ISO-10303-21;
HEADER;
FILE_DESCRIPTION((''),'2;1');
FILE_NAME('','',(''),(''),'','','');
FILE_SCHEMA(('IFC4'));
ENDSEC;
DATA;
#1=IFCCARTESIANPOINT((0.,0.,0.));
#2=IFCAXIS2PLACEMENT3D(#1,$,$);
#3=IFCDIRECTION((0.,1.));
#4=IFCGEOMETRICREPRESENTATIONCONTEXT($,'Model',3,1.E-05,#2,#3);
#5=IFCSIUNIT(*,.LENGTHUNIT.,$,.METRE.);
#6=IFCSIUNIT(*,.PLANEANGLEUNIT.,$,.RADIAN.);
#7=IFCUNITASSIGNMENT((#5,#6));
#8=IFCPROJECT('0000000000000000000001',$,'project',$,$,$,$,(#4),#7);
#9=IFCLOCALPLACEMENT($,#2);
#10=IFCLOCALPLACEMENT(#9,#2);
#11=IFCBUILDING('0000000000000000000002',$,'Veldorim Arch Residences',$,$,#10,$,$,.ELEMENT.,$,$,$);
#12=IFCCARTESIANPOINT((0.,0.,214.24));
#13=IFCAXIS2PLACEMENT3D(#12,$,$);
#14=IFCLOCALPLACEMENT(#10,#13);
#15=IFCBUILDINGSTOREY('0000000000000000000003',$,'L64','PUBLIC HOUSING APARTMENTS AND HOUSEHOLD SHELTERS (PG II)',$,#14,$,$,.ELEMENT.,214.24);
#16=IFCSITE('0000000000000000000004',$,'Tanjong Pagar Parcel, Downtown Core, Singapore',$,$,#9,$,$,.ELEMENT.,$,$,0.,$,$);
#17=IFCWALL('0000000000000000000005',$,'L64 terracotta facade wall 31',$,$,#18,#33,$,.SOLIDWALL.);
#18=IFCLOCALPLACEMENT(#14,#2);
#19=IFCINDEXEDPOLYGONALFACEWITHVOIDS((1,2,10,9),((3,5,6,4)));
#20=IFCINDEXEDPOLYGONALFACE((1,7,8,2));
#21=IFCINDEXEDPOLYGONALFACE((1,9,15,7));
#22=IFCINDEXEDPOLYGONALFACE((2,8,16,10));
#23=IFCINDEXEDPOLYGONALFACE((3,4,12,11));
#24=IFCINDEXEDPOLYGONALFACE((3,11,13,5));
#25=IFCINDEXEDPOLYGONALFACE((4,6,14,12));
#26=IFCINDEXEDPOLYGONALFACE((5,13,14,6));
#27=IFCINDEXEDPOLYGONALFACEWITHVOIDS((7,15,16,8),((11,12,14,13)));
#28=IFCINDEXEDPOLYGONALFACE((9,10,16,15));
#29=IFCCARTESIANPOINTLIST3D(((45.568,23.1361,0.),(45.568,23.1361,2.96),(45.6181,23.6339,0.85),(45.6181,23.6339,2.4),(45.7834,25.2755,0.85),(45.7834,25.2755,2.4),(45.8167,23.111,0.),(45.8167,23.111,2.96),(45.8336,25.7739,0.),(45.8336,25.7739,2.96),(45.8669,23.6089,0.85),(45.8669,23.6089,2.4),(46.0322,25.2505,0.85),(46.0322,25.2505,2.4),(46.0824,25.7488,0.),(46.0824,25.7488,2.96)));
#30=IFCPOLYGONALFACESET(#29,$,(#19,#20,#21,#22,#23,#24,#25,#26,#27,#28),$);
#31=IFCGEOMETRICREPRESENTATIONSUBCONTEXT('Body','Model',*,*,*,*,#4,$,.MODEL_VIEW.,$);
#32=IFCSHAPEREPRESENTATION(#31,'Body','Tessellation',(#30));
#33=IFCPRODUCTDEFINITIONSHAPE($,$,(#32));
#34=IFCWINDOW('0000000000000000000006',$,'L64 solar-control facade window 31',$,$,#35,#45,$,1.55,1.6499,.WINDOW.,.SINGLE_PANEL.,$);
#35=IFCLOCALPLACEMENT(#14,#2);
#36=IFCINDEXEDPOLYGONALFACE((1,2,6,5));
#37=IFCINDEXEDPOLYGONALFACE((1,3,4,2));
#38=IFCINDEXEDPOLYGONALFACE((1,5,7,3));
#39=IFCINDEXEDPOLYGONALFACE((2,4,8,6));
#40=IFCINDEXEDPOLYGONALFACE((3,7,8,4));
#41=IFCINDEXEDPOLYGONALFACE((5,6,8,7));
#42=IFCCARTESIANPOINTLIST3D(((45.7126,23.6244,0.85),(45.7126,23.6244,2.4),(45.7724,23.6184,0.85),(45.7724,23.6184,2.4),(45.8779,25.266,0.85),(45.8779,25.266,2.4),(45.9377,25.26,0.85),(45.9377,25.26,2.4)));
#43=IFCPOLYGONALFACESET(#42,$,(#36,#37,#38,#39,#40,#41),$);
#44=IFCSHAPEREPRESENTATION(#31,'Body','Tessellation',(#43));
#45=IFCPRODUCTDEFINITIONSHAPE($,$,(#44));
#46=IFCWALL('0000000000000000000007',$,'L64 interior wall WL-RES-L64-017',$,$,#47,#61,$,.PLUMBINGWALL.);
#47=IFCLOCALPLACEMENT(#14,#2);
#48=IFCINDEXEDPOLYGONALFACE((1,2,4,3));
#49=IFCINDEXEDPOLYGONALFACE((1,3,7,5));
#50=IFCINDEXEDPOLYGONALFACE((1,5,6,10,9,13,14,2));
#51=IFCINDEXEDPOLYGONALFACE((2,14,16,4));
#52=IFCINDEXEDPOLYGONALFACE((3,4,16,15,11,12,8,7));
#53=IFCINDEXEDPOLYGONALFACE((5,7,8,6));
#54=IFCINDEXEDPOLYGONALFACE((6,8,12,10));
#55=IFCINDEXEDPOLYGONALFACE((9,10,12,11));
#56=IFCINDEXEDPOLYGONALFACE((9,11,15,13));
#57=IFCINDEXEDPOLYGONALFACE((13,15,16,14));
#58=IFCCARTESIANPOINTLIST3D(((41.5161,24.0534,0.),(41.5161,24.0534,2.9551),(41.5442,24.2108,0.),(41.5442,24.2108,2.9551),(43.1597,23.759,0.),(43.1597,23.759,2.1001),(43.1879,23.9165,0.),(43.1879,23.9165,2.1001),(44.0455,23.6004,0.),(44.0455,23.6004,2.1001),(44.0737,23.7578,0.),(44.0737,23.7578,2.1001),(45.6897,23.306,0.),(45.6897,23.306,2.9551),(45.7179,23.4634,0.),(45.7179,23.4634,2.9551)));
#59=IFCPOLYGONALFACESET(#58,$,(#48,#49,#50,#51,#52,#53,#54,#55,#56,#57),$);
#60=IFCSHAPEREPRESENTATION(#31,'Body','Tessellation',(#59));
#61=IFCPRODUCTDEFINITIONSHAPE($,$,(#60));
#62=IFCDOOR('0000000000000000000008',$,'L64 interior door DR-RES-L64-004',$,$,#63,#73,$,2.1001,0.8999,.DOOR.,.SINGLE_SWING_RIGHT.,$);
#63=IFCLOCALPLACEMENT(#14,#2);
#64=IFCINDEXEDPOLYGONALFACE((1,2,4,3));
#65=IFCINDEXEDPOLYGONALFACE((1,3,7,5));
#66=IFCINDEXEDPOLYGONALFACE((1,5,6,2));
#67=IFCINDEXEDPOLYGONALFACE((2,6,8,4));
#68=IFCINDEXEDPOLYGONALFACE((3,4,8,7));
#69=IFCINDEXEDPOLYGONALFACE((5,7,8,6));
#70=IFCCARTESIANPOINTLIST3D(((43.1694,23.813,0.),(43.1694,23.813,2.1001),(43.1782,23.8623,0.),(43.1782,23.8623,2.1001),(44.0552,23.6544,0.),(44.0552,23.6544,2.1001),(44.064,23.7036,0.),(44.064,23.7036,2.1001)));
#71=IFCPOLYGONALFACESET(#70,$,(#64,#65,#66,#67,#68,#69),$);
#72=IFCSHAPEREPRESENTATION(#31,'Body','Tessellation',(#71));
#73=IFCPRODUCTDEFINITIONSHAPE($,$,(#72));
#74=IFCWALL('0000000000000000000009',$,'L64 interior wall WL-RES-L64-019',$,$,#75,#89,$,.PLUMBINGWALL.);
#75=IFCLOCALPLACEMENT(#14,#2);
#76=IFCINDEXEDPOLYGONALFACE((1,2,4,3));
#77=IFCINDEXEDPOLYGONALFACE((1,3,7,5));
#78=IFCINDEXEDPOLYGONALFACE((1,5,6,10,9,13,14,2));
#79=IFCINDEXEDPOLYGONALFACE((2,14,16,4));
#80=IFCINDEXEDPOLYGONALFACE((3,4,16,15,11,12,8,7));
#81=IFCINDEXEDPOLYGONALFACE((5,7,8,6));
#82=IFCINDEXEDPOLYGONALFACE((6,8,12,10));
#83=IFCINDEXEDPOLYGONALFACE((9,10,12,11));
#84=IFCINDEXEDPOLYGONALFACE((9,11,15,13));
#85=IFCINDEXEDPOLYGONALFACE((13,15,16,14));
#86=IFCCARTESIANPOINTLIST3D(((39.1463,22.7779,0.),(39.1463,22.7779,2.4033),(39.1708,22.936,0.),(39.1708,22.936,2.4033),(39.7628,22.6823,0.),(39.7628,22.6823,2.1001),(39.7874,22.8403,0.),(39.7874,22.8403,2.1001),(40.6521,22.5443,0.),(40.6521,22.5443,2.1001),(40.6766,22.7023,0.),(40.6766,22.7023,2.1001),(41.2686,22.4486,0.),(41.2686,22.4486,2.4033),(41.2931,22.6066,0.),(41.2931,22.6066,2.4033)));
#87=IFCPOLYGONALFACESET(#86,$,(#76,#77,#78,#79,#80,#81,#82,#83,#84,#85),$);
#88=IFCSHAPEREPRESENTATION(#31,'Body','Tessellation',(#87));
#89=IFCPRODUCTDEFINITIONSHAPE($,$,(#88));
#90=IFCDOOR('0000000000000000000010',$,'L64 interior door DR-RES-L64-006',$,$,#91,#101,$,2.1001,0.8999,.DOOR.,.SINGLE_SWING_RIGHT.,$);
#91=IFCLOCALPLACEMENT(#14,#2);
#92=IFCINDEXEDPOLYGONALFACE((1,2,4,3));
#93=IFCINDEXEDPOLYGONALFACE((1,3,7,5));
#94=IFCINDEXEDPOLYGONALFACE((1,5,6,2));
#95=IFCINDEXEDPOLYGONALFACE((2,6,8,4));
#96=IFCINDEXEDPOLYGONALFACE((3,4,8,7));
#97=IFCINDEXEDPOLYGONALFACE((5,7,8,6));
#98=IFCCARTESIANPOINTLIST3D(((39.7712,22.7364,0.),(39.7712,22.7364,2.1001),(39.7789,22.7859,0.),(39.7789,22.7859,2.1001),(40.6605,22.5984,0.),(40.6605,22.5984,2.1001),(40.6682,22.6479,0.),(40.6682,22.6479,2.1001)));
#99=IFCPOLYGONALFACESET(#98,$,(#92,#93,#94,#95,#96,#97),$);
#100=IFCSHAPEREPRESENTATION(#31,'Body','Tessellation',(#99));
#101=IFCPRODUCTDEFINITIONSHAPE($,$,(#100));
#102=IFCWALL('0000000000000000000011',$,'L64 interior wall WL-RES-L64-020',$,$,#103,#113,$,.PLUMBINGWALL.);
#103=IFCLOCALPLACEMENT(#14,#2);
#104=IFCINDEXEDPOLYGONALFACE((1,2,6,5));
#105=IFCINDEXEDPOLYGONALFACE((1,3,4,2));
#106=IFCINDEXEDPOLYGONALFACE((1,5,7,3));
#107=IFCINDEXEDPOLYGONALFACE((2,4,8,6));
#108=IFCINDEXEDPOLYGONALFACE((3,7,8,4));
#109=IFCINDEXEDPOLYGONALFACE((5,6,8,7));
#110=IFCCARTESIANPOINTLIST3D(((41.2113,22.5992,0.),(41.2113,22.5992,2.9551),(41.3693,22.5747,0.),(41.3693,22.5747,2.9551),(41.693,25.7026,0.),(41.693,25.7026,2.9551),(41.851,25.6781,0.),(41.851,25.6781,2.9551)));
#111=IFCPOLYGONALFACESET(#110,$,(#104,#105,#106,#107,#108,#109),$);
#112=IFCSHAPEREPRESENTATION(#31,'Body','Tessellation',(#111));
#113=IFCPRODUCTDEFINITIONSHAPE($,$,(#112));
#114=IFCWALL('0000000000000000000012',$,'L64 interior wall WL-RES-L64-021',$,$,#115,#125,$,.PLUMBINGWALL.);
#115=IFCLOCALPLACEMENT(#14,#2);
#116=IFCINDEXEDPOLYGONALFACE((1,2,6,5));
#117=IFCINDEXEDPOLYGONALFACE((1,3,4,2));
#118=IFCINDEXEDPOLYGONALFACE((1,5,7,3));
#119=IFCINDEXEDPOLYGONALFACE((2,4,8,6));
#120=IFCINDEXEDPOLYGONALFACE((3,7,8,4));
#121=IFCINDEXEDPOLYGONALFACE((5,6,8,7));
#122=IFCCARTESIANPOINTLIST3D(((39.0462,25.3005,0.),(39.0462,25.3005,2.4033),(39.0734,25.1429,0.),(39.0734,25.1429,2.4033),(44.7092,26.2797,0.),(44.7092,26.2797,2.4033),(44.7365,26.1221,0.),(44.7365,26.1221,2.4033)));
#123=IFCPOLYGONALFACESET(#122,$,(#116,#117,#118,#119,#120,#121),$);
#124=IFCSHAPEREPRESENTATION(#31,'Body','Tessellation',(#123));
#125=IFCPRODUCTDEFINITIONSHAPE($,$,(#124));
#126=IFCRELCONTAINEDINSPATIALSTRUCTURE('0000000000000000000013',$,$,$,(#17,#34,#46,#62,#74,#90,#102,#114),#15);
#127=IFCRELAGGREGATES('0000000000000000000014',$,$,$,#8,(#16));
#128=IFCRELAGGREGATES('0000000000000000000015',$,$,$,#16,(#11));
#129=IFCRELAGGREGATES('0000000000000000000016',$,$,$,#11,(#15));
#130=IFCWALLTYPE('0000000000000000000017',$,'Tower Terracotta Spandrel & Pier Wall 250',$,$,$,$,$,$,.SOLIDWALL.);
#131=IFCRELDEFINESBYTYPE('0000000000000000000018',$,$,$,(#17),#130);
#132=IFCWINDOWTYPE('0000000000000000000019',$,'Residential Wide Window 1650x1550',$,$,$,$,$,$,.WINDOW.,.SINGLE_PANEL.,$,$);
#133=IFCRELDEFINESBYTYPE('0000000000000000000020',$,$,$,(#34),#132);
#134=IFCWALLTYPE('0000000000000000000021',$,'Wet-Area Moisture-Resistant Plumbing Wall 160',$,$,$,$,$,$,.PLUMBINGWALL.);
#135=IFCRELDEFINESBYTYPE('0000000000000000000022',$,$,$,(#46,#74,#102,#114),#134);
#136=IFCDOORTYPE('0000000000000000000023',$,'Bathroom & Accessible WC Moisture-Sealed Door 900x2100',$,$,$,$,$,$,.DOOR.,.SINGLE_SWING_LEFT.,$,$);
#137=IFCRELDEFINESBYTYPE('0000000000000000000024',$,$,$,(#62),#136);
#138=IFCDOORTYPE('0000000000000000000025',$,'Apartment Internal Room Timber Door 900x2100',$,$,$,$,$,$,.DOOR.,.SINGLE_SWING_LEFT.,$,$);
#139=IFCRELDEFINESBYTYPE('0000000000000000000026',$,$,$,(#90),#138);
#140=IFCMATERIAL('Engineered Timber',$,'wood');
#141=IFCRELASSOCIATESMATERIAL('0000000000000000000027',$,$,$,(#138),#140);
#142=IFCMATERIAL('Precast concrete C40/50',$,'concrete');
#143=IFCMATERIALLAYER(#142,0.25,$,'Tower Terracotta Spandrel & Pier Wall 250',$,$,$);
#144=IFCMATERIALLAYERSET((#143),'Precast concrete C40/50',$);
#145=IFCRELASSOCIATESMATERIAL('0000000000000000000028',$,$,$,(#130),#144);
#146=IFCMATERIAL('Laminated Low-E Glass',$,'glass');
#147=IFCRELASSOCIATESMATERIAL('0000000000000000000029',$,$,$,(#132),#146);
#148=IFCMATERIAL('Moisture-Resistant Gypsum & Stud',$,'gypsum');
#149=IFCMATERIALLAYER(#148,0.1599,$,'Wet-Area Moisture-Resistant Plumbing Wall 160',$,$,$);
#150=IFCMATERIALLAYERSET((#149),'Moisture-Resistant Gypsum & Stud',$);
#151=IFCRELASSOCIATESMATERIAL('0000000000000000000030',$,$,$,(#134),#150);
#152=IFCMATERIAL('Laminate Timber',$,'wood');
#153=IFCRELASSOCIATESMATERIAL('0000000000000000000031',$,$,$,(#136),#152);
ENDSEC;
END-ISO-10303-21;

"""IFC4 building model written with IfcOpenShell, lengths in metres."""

from ifc_helpers import new_model, si_unit, direction, frame, frame_2d, origin, place, context, subcontext, project, spatial, rectangle, extrude, material, layer, layer_set, type_object, element, fill, save


model = new_model("IFC4")

# Units and contexts
model_context = context("Model", 3, precision=1e-05, world=origin(), true_north=direction((0.0, 1.0)))
body_context = subcontext(model_context, "Body", "Model", "MODEL_VIEW")
ifc_project = project(units=[si_unit("LENGTHUNIT", "METRE"), si_unit("PLANEANGLEUNIT", "RADIAN")], contexts=[model_context])

# Site, building, storey
site_placement = place(None, origin())
site = spatial("IfcSite", under=ifc_project, at=site_placement, Name="Tanjong Pagar Parcel, Downtown Core, Singapore", CompositionType="ELEMENT", RefElevation=0.0)
building_placement = place(site_placement, origin())
building = spatial("IfcBuilding", under=site, at=building_placement, Name="Veldorim Arch Residences", CompositionType="ELEMENT")
storey_placement = place(building_placement, frame((0.0, 0.0, 214.24)))
storey = spatial("IfcBuildingStorey", under=building, at=storey_placement, Name="L64", Description="PUBLIC HOUSING APARTMENTS AND HOUSEHOLD SHELTERS (PG II)", CompositionType="ELEMENT", Elevation=214.24)

# Shared definitions
ifc_material_1 = material(Name="Engineered Timber", Category="wood")
door_type_1 = type_object("IfcDoorType", Name="Apartment Internal Room Timber Door 900x2100", OperationType="SINGLE_SWING_LEFT", PredefinedType="DOOR", material=ifc_material_1)

# Shared definitions
ifc_material_2 = material(Name="Precast concrete C40/50", Category="concrete")
ifc_layer_1 = layer(ifc_material_2, 0.25, Name="Tower Terracotta Spandrel & Pier Wall 250")
ifc_layer_set_1 = layer_set([ifc_layer_1], Name="Precast concrete C40/50")
wall_type_1 = type_object("IfcWallType", Name="Tower Terracotta Spandrel & Pier Wall 250", PredefinedType="SOLIDWALL", material=ifc_layer_set_1)

# Wall, opening, window
wall_1_placement = place(storey_placement, frame((45.958, 25.7615, 0.0), z_axis=(0.0, 0.0, 1.0), x_axis=(-0.100197, -0.994968, 0.0)))
wall_1 = element("IfcWall", 1, at=wall_1_placement, inside=storey, type_object=wall_type_1, Name="L64 terracotta facade wall 31", PredefinedType="SOLIDWALL", context=body_context, shape_type="SweptSolid", body=[
    extrude(rectangle(XDim=2.6511, YDim=0.25, at=frame_2d((1.3257, 0.0))), origin(), (0.0, 0.0, 1.0), 2.96),
])
opening_1_placement = place(wall_1_placement, frame((0.501, 0.0, 0.8501)))
opening_1 = element("IfcOpeningElement", 2, at=opening_1_placement, cuts=wall_1, PredefinedType="OPENING", context=body_context, shape_type="SweptSolid", body=[
    extrude(rectangle(XDim=1.6499, YDim=1.55, at=frame_2d((0.825, 0.7749))), frame((0.0, 0.135, 0.0), z_axis=(0.0, -1.0, 0.0), x_axis=(1.0, 0.0, 0.0)), (0.0, 0.0, 1.0), 0.27),
])
ifc_material_3 = material(Name="Laminated Low-E Glass", Category="glass")
window_type = type_object("IfcWindowType", Name="Residential Wide Window 1650x1550", PartitioningType="SINGLE_PANEL", PredefinedType="WINDOW", material=ifc_material_3)
window_placement = place(opening_1_placement, origin())
window = element("IfcWindow", 3, at=window_placement, inside=storey, type_object=window_type, Name="L64 solar-control facade window 31", OverallHeight=1.55, OverallWidth=1.6499, PartitioningType="SINGLE_PANEL", PredefinedType="WINDOW", context=body_context, shape_type="SweptSolid", body=[
    extrude(rectangle(XDim=1.6499, YDim=1.55, at=frame_2d((0.825, 0.7749))), frame((0.0, 0.03, 0.0), z_axis=(0.0, -1.0, 0.0), x_axis=(1.0, 0.0, 0.0)), (0.0, 0.0, 1.0), 0.0601),
])
fill(opening_1, window)

# Walls, openings, doors
ifc_material_4 = material(Name="Moisture-Resistant Gypsum & Stud", Category="gypsum")
ifc_layer_2 = layer(ifc_material_4, 0.1599, Name="Wet-Area Moisture-Resistant Plumbing Wall 160")
ifc_layer_set_2 = layer_set([ifc_layer_2], Name="Moisture-Resistant Gypsum & Stud")
wall_type_2 = type_object("IfcWallType", Name="Wet-Area Moisture-Resistant Plumbing Wall 160", PredefinedType="PLUMBINGWALL", material=ifc_layer_set_2)
wall_2_placement = place(storey_placement, frame((41.53, 24.1321, 0.0), z_axis=(0.0, 0.0, 1.0), x_axis=(0.984345, -0.176255, 0.0)))
wall_2 = element("IfcWall", 4, at=wall_2_placement, inside=storey, type_object=wall_type_2, Name="L64 interior wall WL-RES-L64-017", PredefinedType="PLUMBINGWALL", context=body_context, shape_type="SweptSolid", body=[
    extrude(rectangle(XDim=4.24, YDim=0.1599, at=frame_2d((2.1201, 0.0))), origin(), (0.0, 0.0, 1.0), 2.9551),
])
opening_2_placement = place(wall_2_placement, frame((1.6699, 0.0, 0.0)))
opening_2 = element("IfcOpeningElement", 5, at=opening_2_placement, cuts=wall_2, PredefinedType="OPENING", context=body_context, shape_type="SweptSolid", body=[
    extrude(rectangle(XDim=0.8999, YDim=2.1001, at=frame_2d((0.45, 1.05))), frame((0.0, 0.0898, 0.0), z_axis=(0.0, -1.0, 0.0), x_axis=(1.0, 0.0, 0.0)), (0.0, 0.0, 1.0), 0.1799),
])
ifc_material_5 = material(Name="Laminate Timber", Category="wood")
door_type_2 = type_object("IfcDoorType", Name="Bathroom & Accessible WC Moisture-Sealed Door 900x2100", OperationType="SINGLE_SWING_LEFT", PredefinedType="DOOR", material=ifc_material_5)
door_1_placement = place(opening_2_placement, origin())
door_1 = element("IfcDoor", 6, at=door_1_placement, inside=storey, type_object=door_type_2, Name="L64 interior door DR-RES-L64-004", OperationType="SINGLE_SWING_RIGHT", OverallHeight=2.1001, OverallWidth=0.8999, PredefinedType="DOOR", context=body_context, shape_type="SweptSolid", body=[
    extrude(rectangle(XDim=0.8999, YDim=2.1001, at=frame_2d((0.45, 1.05))), frame((0.0, 0.0249, 0.0), z_axis=(0.0, -1.0, 0.0), x_axis=(1.0, 0.0, 0.0)), (0.0, 0.0, 1.0), 0.05),
])
fill(opening_2, door_1)
wall_3_placement = place(storey_placement, frame((39.1587, 22.8569, 0.0), z_axis=(0.0, 0.0, 1.0), x_axis=(0.988172, -0.153347, 0.0)))
wall_3 = element("IfcWall", 7, at=wall_3_placement, inside=storey, type_object=wall_type_2, Name="L64 interior wall WL-RES-L64-019", PredefinedType="PLUMBINGWALL", context=body_context, shape_type="SweptSolid", body=[
    extrude(rectangle(XDim=2.1477, YDim=0.1599, at=frame_2d((1.0737, 0.0))), origin(), (0.0, 0.0, 1.0), 2.4033),
])
opening_3_placement = place(wall_3_placement, frame((0.6238, 0.0, 0.0)))
opening_3 = element("IfcOpeningElement", 8, at=opening_3_placement, cuts=wall_3, PredefinedType="OPENING", context=body_context, shape_type="SweptSolid", body=[
    extrude(rectangle(XDim=0.8999, YDim=2.1001, at=frame_2d((0.45, 1.05))), frame((0.0, 0.0898, 0.0), z_axis=(0.0, -1.0, 0.0), x_axis=(1.0, 0.0, 0.0)), (0.0, 0.0, 1.0), 0.1799),
])
door_2_placement = place(opening_3_placement, origin())
door_2 = element("IfcDoor", 9, at=door_2_placement, inside=storey, type_object=door_type_1, Name="L64 interior door DR-RES-L64-006", OperationType="SINGLE_SWING_RIGHT", OverallHeight=2.1001, OverallWidth=0.8999, PredefinedType="DOOR", context=body_context, shape_type="SweptSolid", body=[
    extrude(rectangle(XDim=0.8999, YDim=2.1001, at=frame_2d((0.45, 1.05))), frame((0.0, 0.0249, 0.0), z_axis=(0.0, -1.0, 0.0), x_axis=(1.0, 0.0, 0.0)), (0.0, 0.0, 1.0), 0.05),
])
fill(opening_3, door_2)

# Walls
wall_4_placement = place(storey_placement, frame((41.2903, 22.5869, 0.0), z_axis=(0.0, 0.0, 1.0), x_axis=(0.153371, 0.988169, 0.0)))
element("IfcWall", 10, at=wall_4_placement, inside=storey, type_object=wall_type_2, Name="L64 interior wall WL-RES-L64-020", PredefinedType="PLUMBINGWALL", context=body_context, shape_type="SweptSolid", body=[
    extrude(rectangle(XDim=3.1406, YDim=0.1599, at=frame_2d((1.5703, 0.0))), origin(), (0.0, 0.0, 1.0), 2.9551),
])
wall_5_placement = place(storey_placement, frame((39.0598, 25.2217, 0.0), z_axis=(0.0, 0.0, 1.0), x_axis=(0.985377, 0.170389, 0.0)))
element("IfcWall", 11, at=wall_5_placement, inside=storey, type_object=wall_type_2, Name="L64 interior wall WL-RES-L64-021", PredefinedType="PLUMBINGWALL", context=body_context, shape_type="SweptSolid", body=[
    extrude(rectangle(XDim=5.7471, YDim=0.1599, at=frame_2d((2.8735, 0.0))), origin(), (0.0, 0.0, 1.0), 2.4033),
])

save(model, "model.ifc")
